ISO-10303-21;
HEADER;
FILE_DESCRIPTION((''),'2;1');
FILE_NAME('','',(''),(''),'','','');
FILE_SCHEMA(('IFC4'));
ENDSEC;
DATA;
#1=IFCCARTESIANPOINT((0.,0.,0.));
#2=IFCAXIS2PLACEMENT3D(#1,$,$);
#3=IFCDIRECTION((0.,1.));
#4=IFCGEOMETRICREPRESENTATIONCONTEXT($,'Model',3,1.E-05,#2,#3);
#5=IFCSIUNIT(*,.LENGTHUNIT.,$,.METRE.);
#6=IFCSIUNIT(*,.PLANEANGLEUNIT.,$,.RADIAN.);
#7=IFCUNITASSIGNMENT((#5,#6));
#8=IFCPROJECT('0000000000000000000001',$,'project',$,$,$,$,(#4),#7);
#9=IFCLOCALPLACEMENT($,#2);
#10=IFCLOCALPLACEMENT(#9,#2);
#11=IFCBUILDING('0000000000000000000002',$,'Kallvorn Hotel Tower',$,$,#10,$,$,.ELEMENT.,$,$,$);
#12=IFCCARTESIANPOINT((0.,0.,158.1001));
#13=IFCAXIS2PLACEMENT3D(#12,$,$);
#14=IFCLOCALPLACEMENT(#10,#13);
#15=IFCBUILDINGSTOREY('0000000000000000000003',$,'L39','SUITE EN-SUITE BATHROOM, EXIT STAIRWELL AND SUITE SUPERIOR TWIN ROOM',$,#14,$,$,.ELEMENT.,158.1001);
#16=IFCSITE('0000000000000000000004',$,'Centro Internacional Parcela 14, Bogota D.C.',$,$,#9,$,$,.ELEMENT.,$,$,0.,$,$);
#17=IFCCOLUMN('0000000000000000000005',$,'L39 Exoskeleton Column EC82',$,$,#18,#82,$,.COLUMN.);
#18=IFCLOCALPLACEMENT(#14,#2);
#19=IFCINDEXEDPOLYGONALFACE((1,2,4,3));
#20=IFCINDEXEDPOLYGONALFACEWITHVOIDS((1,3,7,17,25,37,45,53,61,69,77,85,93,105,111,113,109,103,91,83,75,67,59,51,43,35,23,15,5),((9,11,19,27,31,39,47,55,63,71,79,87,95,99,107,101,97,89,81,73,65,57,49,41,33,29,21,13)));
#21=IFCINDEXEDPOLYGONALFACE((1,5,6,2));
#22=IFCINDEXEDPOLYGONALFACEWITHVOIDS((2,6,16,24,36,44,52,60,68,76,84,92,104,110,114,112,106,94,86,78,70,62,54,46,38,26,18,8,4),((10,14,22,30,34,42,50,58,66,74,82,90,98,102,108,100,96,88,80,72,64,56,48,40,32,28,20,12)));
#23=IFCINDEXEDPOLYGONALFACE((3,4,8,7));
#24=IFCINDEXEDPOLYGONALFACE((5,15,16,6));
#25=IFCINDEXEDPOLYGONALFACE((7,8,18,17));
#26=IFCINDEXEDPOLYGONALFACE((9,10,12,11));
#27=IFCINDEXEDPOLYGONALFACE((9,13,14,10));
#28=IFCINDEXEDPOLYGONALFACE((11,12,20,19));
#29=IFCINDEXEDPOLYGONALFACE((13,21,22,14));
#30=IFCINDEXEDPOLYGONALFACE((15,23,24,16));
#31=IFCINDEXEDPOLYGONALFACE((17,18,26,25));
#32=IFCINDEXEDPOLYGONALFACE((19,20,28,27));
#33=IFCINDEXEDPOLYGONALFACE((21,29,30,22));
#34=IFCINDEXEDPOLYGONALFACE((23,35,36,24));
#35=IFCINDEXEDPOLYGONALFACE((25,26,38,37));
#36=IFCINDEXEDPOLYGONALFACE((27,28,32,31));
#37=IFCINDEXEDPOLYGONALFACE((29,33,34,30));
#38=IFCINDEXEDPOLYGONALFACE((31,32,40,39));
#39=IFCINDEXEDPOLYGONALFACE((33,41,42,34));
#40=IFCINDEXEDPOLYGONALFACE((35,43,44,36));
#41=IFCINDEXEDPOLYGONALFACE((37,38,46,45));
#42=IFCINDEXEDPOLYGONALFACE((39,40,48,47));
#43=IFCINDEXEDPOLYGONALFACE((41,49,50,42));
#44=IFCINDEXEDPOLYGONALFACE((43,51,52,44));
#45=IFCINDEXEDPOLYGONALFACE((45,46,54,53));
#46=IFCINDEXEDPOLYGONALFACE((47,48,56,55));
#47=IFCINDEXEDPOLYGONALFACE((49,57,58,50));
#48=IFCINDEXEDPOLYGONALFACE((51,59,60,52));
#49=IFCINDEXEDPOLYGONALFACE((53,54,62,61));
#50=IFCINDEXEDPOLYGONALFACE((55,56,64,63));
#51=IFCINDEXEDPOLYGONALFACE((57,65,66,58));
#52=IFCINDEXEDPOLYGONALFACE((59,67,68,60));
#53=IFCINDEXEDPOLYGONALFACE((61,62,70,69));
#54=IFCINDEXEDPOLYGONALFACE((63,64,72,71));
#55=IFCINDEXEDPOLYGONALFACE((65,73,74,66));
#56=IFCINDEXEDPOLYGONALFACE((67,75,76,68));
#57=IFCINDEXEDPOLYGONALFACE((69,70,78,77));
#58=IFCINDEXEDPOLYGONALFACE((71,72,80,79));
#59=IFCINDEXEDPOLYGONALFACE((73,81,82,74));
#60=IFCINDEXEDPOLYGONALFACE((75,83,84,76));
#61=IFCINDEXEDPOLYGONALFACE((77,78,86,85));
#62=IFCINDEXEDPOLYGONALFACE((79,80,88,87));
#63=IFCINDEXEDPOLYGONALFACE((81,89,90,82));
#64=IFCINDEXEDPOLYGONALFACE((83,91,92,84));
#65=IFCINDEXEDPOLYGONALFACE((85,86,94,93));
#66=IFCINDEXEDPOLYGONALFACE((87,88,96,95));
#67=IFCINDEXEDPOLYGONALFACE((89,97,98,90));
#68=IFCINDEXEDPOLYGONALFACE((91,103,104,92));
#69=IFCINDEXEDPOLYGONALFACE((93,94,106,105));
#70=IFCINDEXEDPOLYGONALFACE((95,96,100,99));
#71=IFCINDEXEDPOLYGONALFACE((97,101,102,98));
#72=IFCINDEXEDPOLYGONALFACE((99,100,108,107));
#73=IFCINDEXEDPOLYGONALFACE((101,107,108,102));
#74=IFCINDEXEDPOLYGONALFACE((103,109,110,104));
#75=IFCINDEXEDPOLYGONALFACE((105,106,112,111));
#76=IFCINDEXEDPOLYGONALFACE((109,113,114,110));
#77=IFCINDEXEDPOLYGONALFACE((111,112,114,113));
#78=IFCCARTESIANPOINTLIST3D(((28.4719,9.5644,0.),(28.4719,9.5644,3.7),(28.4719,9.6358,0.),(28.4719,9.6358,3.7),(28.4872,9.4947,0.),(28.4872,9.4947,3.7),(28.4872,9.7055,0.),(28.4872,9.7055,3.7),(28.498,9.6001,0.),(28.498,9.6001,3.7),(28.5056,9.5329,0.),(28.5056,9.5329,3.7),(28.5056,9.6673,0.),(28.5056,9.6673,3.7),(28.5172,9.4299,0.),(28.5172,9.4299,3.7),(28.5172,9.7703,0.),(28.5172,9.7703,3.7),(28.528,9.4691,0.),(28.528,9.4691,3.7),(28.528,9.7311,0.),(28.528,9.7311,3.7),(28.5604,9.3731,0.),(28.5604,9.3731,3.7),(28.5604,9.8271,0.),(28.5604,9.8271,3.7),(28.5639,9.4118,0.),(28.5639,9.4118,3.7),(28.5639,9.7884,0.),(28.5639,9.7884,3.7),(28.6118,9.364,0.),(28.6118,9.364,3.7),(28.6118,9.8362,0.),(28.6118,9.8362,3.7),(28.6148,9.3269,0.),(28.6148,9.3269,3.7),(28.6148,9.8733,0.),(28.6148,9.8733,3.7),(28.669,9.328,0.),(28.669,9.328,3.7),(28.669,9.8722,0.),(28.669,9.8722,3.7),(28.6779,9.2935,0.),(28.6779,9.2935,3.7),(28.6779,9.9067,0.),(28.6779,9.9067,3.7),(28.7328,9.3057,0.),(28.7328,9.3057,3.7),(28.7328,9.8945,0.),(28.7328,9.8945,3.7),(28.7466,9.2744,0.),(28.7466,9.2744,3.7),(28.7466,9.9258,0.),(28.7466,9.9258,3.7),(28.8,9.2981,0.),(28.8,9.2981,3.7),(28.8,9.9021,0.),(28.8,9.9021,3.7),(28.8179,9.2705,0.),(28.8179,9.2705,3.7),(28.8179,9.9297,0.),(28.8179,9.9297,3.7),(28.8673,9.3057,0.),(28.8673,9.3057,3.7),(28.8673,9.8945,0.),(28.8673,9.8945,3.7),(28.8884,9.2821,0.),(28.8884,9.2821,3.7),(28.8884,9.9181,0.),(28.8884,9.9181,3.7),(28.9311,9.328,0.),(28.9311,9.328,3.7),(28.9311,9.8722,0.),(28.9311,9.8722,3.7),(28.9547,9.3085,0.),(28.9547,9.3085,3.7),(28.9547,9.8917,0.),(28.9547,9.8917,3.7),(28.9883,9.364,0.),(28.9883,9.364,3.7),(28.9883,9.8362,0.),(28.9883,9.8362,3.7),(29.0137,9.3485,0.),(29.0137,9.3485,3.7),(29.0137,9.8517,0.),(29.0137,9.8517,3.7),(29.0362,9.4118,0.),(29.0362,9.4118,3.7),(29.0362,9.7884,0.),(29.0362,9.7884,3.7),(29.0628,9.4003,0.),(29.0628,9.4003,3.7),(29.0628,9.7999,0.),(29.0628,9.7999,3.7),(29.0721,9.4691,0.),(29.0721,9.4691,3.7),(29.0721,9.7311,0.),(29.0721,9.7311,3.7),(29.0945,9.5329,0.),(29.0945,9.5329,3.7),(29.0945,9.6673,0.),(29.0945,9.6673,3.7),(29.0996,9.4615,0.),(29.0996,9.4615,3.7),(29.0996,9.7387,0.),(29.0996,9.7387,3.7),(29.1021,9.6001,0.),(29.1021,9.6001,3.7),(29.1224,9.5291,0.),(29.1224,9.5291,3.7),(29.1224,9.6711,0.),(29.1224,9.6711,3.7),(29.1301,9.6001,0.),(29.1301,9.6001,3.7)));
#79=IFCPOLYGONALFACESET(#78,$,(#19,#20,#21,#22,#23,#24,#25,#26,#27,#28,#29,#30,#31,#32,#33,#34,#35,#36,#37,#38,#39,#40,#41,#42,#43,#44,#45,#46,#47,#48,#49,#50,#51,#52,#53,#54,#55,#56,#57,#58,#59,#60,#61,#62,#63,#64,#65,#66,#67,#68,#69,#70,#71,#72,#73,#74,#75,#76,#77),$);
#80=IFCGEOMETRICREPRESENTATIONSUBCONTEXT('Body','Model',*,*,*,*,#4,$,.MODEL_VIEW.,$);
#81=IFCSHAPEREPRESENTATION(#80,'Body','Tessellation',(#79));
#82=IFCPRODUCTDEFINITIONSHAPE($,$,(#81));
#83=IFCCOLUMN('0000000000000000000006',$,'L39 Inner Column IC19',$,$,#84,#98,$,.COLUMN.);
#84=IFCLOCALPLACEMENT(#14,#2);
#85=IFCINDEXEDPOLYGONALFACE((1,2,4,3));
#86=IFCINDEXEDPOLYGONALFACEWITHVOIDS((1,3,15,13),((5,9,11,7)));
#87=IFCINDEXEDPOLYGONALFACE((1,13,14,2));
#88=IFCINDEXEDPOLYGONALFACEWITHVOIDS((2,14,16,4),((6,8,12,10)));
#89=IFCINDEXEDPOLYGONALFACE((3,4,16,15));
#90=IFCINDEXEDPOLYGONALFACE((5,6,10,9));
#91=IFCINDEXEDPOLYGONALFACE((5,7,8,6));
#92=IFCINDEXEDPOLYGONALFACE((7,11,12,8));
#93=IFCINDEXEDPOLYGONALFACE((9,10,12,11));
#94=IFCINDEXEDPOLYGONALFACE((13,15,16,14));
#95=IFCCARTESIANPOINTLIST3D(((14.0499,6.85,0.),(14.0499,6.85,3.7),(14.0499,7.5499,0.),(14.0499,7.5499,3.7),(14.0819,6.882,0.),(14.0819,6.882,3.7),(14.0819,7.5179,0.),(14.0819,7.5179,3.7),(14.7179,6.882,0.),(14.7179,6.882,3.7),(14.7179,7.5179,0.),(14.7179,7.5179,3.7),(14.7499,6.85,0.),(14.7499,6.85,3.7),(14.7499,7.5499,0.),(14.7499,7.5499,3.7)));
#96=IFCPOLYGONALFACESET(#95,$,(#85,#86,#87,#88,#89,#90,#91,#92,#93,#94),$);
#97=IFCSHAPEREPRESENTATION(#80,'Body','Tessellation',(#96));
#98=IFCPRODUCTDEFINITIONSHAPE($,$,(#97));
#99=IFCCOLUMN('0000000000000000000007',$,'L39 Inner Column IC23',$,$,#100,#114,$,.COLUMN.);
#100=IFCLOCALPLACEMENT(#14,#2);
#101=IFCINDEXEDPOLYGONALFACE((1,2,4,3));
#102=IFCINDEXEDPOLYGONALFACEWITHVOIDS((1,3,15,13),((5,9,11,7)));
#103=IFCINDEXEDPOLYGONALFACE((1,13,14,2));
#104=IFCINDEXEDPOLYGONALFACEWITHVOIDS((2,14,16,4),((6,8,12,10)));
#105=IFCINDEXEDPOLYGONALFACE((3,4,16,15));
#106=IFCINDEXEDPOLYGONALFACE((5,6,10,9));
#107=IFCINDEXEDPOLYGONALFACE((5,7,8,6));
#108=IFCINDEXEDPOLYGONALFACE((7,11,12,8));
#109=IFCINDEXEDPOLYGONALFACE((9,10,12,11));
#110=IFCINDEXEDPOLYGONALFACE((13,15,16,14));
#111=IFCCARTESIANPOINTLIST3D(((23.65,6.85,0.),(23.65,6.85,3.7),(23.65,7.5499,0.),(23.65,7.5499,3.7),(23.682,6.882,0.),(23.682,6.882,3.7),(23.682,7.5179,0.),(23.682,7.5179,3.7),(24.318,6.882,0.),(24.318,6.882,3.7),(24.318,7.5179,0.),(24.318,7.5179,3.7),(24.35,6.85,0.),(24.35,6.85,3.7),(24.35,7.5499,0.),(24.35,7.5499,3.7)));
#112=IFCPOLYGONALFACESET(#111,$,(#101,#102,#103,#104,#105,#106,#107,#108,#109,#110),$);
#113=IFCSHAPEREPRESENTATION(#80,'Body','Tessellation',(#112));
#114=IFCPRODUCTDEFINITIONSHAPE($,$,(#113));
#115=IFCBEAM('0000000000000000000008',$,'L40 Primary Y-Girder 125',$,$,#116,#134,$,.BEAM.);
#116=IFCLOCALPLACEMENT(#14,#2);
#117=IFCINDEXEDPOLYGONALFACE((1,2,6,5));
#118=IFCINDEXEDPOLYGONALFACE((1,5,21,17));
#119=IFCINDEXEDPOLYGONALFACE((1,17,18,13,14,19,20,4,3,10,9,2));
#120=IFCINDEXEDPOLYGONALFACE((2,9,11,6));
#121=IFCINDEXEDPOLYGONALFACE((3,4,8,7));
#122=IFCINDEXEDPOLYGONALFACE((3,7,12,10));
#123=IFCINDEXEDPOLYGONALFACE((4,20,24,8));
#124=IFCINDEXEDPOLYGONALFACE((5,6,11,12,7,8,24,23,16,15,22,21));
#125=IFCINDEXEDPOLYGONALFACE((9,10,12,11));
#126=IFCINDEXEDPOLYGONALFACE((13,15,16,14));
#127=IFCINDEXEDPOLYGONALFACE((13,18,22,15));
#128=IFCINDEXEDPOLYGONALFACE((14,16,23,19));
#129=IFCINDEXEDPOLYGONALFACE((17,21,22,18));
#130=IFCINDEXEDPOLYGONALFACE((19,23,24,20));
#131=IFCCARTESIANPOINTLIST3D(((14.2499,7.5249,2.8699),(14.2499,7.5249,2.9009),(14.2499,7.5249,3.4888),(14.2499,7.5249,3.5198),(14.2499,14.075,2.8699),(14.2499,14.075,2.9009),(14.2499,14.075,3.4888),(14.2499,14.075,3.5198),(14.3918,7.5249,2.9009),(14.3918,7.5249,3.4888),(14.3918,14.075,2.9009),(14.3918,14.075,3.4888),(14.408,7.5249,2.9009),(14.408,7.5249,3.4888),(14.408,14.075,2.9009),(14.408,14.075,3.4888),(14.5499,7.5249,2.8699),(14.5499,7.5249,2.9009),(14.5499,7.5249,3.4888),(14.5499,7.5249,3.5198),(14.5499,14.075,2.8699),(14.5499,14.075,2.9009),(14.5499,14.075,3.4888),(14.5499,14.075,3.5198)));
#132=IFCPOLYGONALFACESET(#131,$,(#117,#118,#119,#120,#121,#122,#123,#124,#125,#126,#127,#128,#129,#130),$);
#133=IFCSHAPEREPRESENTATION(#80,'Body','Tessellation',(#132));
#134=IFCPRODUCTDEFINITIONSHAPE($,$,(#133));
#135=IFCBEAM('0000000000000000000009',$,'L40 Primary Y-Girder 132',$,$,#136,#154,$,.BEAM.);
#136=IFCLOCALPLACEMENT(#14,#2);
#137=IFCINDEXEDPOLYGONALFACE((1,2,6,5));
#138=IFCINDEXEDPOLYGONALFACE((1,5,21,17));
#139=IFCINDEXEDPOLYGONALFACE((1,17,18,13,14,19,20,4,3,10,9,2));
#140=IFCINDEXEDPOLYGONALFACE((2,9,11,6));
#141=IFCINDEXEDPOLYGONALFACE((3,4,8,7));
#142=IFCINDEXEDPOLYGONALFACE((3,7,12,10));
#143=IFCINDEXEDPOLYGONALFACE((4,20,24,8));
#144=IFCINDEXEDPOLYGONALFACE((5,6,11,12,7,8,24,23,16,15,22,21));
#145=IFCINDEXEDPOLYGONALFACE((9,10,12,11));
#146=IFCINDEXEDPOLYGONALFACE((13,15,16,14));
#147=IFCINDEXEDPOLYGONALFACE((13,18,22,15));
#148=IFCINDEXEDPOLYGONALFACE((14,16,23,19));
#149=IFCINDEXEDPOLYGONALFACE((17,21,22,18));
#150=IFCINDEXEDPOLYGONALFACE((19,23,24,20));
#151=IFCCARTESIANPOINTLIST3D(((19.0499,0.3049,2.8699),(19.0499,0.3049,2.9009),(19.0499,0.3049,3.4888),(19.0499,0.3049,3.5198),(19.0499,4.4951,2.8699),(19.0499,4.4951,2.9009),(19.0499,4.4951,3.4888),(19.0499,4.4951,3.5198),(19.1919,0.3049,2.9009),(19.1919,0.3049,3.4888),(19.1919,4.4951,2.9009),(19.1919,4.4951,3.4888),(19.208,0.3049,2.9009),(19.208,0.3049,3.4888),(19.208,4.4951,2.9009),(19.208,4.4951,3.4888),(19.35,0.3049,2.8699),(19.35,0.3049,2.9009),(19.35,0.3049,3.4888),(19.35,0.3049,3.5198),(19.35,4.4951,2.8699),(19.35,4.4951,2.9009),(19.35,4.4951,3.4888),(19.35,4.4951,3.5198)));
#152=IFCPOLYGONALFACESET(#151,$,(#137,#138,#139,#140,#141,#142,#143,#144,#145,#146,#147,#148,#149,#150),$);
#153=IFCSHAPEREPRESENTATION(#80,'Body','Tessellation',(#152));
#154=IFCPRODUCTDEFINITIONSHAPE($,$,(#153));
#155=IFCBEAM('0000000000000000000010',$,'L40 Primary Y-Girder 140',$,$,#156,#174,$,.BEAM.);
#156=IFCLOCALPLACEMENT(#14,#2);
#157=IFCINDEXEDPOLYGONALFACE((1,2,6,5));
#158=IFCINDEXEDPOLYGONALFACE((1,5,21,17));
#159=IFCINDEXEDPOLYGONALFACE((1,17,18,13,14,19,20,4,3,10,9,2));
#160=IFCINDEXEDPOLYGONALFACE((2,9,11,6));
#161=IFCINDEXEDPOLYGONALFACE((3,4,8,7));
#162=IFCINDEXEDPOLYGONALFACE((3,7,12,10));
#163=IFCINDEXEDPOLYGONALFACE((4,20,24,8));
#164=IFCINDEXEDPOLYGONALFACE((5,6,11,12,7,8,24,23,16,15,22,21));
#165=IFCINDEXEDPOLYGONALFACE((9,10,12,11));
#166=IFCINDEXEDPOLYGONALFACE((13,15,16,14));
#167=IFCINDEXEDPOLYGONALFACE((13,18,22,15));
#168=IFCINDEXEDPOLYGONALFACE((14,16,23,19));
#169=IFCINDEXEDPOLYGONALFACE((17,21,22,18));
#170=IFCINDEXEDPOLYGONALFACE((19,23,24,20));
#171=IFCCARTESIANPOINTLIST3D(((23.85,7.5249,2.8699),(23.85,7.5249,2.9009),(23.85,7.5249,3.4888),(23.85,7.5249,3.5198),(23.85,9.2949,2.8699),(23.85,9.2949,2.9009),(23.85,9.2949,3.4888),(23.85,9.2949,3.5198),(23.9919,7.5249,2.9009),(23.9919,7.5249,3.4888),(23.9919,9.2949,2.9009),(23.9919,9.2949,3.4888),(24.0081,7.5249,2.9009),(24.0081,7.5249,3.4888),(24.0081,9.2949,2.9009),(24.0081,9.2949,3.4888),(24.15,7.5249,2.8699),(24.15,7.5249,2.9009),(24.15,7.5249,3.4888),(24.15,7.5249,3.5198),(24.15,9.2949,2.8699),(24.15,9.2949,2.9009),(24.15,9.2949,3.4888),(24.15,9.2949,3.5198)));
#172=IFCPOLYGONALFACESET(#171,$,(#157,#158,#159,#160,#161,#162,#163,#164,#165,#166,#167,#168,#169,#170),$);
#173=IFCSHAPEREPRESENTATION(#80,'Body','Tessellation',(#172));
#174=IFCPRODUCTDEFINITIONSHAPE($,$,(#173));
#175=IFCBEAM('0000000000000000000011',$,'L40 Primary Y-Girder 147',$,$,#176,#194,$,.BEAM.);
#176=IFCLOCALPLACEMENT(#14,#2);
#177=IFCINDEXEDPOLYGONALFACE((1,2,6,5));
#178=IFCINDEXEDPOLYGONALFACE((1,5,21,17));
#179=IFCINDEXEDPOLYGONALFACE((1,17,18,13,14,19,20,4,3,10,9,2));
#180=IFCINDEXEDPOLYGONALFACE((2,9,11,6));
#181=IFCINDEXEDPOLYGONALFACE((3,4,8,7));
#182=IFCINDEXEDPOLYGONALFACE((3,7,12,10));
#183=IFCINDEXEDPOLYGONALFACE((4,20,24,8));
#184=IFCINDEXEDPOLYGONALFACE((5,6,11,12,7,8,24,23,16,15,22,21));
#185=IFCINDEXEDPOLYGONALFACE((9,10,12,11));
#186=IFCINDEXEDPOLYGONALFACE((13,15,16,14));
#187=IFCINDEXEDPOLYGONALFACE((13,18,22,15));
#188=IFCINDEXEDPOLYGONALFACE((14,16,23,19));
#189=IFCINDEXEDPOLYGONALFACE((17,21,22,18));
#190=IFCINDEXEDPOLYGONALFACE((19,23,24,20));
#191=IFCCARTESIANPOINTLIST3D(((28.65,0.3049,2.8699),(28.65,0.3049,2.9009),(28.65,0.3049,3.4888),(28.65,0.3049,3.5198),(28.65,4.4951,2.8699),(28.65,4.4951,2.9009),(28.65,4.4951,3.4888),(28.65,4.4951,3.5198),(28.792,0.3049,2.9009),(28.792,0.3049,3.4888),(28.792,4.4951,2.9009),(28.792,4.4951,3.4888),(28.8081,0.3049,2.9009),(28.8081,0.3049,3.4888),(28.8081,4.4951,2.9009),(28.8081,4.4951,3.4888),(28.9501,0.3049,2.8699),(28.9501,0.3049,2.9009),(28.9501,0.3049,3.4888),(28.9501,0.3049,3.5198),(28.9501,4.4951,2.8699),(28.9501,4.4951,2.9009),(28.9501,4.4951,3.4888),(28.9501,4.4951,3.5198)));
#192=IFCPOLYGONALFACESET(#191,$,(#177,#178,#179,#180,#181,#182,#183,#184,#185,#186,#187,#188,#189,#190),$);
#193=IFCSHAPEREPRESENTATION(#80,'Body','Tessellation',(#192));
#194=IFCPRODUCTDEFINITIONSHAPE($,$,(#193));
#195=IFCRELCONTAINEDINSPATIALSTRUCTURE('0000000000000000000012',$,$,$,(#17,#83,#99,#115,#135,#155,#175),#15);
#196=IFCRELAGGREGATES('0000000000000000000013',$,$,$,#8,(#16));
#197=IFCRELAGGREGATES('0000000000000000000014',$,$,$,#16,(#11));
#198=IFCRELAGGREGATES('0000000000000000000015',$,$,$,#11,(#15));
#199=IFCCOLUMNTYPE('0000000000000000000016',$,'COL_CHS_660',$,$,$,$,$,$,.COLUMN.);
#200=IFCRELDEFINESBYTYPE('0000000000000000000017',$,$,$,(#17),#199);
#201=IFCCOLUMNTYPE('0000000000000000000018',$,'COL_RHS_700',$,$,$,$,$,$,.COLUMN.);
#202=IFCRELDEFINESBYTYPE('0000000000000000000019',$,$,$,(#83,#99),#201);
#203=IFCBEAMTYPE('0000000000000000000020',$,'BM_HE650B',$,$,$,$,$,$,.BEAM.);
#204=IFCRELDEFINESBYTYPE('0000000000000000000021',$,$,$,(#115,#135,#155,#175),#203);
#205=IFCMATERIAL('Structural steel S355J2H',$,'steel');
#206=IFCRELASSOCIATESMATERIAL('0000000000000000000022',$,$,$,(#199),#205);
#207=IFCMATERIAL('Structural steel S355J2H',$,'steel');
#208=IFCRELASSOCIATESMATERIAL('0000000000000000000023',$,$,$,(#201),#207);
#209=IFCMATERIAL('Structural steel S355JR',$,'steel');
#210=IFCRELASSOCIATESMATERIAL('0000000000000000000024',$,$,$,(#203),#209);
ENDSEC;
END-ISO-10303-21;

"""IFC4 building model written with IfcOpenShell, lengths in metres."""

from ifc_helpers import new_model, si_unit, direction, frame, origin, origin_2d, place, context, subcontext, project, spatial, hollow_rectangle, hollow_circle, i_section, extrude, material, material_profile, profile_set, type_object, element, save


model = new_model("IFC4")

# Units and contexts
model_context = context("Model", 3, precision=1e-05, world=origin(), true_north=direction((0.0, 1.0)))
body_context = subcontext(model_context, "Body", "Model", "MODEL_VIEW")
ifc_project = project(units=[si_unit("LENGTHUNIT", "METRE"), si_unit("PLANEANGLEUNIT", "RADIAN")], contexts=[model_context])

# Site, building, storey
site_placement = place(None, origin())
site = spatial("IfcSite", under=ifc_project, at=site_placement, Name="Centro Internacional Parcela 14, Bogota D.C.", CompositionType="ELEMENT", RefElevation=0.0)
building_placement = place(site_placement, origin())
building = spatial("IfcBuilding", under=site, at=building_placement, Name="Kallvorn Hotel Tower", CompositionType="ELEMENT")
storey_placement = place(building_placement, frame((0.0, 0.0, 158.1001)))
storey = spatial("IfcBuildingStorey", under=building, at=storey_placement, Name="L39", Description="SUITE EN-SUITE BATHROOM, EXIT STAIRWELL AND SUITE SUPERIOR TWIN ROOM", CompositionType="ELEMENT", Elevation=158.1001)

# Columns
ifc_material_1 = material(Name="Structural steel S355J2H", Category="steel")
ifc_material_profile_1 = material_profile(ifc_material_1, hollow_circle(Radius=0.3301, WallThickness=0.0281, at=origin_2d()), Name="CHS 660x28")
ifc_profile_set_1 = profile_set([ifc_material_profile_1], Name="Structural steel S355J2H")
column_type_1 = type_object("IfcColumnType", Name="COL_CHS_660", PredefinedType="COLUMN", material=ifc_profile_set_1)
for number, where, z_axis, x_axis, name in (
    (1, (28.8, 9.6001, 0.0), (0.0, 0.0, 1.0), (1.0, 0.0, 0.0), "L39 Exoskeleton Column EC82"),
):
    element("IfcColumn", number, at=place(storey_placement, frame(where, z_axis=z_axis, x_axis=x_axis)), inside=storey, type_object=column_type_1, Name=name, PredefinedType="COLUMN", context=body_context, shape_type="SweptSolid", body=[
        extrude(hollow_circle(Radius=0.3301, WallThickness=0.0281, at=origin_2d()), origin(), (0.0, 0.0, 1.0), 3.7),
    ])
ifc_material_2 = material(Name="Structural steel S355J2H", Category="steel")
ifc_material_profile_2 = material_profile(ifc_material_2, hollow_rectangle(XDim=0.7, YDim=0.7, WallThickness=0.032, at=origin_2d()), Name="RHS 700x700x32")
ifc_profile_set_2 = profile_set([ifc_material_profile_2], Name="Structural steel S355J2H")
column_type_2 = type_object("IfcColumnType", Name="COL_RHS_700", PredefinedType="COLUMN", material=ifc_profile_set_2)
for number, where, z_axis, x_axis, name in (
    (2, (14.3999, 7.2, 0.0), (0.0, 0.0, 1.0), (1.0, 0.0, 0.0), "L39 Inner Column IC19"),
    (3, (24.0, 7.2, 0.0), (0.0, 0.0, 1.0), (1.0, 0.0, 0.0), "L39 Inner Column IC23"),
):
    element("IfcColumn", number, at=place(storey_placement, frame(where, z_axis=z_axis, x_axis=x_axis)), inside=storey, type_object=column_type_2, Name=name, PredefinedType="COLUMN", context=body_context, shape_type="SweptSolid", body=[
        extrude(hollow_rectangle(XDim=0.7, YDim=0.7, WallThickness=0.032, at=origin_2d()), origin(), (0.0, 0.0, 1.0), 3.7),
    ])

# Beams
ifc_material_3 = material(Name="Structural steel S355JR", Category="steel")
ifc_material_profile_3 = material_profile(ifc_material_3, i_section(OverallWidth=0.3, OverallDepth=0.6499, WebThickness=0.0161, FlangeThickness=0.031, at=origin_2d()), Name="HE 650 B")
ifc_profile_set_3 = profile_set([ifc_material_profile_3], Name="Structural steel S355JR")
beam_type_1 = type_object("IfcBeamType", Name="BM_HE650B", PredefinedType="BEAM", material=ifc_profile_set_3)
beam_1_placement = place(storey_placement, frame((14.3999, 7.5249, 3.1948), z_axis=(0.0, 1.0, 0.0), x_axis=(-1.0, 0.0, 0.0)))
element("IfcBeam", 4, at=beam_1_placement, inside=storey, type_object=beam_type_1, Name="L40 Primary Y-Girder 125", PredefinedType="BEAM", context=body_context, shape_type="SweptSolid", body=[
    extrude(i_section(OverallWidth=0.3, OverallDepth=0.6499, WebThickness=0.0161, FlangeThickness=0.031, at=origin_2d()), origin(), (0.0, 0.0, 1.0), 6.55),
])
beam_2_placement = place(storey_placement, frame((19.2, 0.3049, 3.1948), z_axis=(0.0, 1.0, 0.0), x_axis=(-1.0, 0.0, 0.0)))
element("IfcBeam", 5, at=beam_2_placement, inside=storey, type_object=beam_type_1, Name="L40 Primary Y-Girder 132", PredefinedType="BEAM", context=body_context, shape_type="SweptSolid", body=[
    extrude(i_section(OverallWidth=0.3, OverallDepth=0.6499, WebThickness=0.0161, FlangeThickness=0.031, at=origin_2d()), origin(), (0.0, 0.0, 1.0), 4.1902),
])
beam_3_placement = place(storey_placement, frame((24.0, 7.5249, 3.1948), z_axis=(0.0, 1.0, 0.0), x_axis=(-1.0, 0.0, 0.0)))
element("IfcBeam", 6, at=beam_3_placement, inside=storey, type_object=beam_type_1, Name="L40 Primary Y-Girder 140", PredefinedType="BEAM", context=body_context, shape_type="SweptSolid", body=[
    extrude(i_section(OverallWidth=0.3, OverallDepth=0.6499, WebThickness=0.0161, FlangeThickness=0.031, at=origin_2d()), origin(), (0.0, 0.0, 1.0), 1.77),
])
beam_4_placement = place(storey_placement, frame((28.8, 0.3049, 3.1948), z_axis=(0.0, 1.0, 0.0), x_axis=(-1.0, 0.0, 0.0)))
element("IfcBeam", 7, at=beam_4_placement, inside=storey, type_object=beam_type_1, Name="L40 Primary Y-Girder 147", PredefinedType="BEAM", context=body_context, shape_type="SweptSolid", body=[
    extrude(i_section(OverallWidth=0.3, OverallDepth=0.6499, WebThickness=0.0161, FlangeThickness=0.031, at=origin_2d()), origin(), (0.0, 0.0, 1.0), 4.1902),
])

save(model, "model.ifc")
